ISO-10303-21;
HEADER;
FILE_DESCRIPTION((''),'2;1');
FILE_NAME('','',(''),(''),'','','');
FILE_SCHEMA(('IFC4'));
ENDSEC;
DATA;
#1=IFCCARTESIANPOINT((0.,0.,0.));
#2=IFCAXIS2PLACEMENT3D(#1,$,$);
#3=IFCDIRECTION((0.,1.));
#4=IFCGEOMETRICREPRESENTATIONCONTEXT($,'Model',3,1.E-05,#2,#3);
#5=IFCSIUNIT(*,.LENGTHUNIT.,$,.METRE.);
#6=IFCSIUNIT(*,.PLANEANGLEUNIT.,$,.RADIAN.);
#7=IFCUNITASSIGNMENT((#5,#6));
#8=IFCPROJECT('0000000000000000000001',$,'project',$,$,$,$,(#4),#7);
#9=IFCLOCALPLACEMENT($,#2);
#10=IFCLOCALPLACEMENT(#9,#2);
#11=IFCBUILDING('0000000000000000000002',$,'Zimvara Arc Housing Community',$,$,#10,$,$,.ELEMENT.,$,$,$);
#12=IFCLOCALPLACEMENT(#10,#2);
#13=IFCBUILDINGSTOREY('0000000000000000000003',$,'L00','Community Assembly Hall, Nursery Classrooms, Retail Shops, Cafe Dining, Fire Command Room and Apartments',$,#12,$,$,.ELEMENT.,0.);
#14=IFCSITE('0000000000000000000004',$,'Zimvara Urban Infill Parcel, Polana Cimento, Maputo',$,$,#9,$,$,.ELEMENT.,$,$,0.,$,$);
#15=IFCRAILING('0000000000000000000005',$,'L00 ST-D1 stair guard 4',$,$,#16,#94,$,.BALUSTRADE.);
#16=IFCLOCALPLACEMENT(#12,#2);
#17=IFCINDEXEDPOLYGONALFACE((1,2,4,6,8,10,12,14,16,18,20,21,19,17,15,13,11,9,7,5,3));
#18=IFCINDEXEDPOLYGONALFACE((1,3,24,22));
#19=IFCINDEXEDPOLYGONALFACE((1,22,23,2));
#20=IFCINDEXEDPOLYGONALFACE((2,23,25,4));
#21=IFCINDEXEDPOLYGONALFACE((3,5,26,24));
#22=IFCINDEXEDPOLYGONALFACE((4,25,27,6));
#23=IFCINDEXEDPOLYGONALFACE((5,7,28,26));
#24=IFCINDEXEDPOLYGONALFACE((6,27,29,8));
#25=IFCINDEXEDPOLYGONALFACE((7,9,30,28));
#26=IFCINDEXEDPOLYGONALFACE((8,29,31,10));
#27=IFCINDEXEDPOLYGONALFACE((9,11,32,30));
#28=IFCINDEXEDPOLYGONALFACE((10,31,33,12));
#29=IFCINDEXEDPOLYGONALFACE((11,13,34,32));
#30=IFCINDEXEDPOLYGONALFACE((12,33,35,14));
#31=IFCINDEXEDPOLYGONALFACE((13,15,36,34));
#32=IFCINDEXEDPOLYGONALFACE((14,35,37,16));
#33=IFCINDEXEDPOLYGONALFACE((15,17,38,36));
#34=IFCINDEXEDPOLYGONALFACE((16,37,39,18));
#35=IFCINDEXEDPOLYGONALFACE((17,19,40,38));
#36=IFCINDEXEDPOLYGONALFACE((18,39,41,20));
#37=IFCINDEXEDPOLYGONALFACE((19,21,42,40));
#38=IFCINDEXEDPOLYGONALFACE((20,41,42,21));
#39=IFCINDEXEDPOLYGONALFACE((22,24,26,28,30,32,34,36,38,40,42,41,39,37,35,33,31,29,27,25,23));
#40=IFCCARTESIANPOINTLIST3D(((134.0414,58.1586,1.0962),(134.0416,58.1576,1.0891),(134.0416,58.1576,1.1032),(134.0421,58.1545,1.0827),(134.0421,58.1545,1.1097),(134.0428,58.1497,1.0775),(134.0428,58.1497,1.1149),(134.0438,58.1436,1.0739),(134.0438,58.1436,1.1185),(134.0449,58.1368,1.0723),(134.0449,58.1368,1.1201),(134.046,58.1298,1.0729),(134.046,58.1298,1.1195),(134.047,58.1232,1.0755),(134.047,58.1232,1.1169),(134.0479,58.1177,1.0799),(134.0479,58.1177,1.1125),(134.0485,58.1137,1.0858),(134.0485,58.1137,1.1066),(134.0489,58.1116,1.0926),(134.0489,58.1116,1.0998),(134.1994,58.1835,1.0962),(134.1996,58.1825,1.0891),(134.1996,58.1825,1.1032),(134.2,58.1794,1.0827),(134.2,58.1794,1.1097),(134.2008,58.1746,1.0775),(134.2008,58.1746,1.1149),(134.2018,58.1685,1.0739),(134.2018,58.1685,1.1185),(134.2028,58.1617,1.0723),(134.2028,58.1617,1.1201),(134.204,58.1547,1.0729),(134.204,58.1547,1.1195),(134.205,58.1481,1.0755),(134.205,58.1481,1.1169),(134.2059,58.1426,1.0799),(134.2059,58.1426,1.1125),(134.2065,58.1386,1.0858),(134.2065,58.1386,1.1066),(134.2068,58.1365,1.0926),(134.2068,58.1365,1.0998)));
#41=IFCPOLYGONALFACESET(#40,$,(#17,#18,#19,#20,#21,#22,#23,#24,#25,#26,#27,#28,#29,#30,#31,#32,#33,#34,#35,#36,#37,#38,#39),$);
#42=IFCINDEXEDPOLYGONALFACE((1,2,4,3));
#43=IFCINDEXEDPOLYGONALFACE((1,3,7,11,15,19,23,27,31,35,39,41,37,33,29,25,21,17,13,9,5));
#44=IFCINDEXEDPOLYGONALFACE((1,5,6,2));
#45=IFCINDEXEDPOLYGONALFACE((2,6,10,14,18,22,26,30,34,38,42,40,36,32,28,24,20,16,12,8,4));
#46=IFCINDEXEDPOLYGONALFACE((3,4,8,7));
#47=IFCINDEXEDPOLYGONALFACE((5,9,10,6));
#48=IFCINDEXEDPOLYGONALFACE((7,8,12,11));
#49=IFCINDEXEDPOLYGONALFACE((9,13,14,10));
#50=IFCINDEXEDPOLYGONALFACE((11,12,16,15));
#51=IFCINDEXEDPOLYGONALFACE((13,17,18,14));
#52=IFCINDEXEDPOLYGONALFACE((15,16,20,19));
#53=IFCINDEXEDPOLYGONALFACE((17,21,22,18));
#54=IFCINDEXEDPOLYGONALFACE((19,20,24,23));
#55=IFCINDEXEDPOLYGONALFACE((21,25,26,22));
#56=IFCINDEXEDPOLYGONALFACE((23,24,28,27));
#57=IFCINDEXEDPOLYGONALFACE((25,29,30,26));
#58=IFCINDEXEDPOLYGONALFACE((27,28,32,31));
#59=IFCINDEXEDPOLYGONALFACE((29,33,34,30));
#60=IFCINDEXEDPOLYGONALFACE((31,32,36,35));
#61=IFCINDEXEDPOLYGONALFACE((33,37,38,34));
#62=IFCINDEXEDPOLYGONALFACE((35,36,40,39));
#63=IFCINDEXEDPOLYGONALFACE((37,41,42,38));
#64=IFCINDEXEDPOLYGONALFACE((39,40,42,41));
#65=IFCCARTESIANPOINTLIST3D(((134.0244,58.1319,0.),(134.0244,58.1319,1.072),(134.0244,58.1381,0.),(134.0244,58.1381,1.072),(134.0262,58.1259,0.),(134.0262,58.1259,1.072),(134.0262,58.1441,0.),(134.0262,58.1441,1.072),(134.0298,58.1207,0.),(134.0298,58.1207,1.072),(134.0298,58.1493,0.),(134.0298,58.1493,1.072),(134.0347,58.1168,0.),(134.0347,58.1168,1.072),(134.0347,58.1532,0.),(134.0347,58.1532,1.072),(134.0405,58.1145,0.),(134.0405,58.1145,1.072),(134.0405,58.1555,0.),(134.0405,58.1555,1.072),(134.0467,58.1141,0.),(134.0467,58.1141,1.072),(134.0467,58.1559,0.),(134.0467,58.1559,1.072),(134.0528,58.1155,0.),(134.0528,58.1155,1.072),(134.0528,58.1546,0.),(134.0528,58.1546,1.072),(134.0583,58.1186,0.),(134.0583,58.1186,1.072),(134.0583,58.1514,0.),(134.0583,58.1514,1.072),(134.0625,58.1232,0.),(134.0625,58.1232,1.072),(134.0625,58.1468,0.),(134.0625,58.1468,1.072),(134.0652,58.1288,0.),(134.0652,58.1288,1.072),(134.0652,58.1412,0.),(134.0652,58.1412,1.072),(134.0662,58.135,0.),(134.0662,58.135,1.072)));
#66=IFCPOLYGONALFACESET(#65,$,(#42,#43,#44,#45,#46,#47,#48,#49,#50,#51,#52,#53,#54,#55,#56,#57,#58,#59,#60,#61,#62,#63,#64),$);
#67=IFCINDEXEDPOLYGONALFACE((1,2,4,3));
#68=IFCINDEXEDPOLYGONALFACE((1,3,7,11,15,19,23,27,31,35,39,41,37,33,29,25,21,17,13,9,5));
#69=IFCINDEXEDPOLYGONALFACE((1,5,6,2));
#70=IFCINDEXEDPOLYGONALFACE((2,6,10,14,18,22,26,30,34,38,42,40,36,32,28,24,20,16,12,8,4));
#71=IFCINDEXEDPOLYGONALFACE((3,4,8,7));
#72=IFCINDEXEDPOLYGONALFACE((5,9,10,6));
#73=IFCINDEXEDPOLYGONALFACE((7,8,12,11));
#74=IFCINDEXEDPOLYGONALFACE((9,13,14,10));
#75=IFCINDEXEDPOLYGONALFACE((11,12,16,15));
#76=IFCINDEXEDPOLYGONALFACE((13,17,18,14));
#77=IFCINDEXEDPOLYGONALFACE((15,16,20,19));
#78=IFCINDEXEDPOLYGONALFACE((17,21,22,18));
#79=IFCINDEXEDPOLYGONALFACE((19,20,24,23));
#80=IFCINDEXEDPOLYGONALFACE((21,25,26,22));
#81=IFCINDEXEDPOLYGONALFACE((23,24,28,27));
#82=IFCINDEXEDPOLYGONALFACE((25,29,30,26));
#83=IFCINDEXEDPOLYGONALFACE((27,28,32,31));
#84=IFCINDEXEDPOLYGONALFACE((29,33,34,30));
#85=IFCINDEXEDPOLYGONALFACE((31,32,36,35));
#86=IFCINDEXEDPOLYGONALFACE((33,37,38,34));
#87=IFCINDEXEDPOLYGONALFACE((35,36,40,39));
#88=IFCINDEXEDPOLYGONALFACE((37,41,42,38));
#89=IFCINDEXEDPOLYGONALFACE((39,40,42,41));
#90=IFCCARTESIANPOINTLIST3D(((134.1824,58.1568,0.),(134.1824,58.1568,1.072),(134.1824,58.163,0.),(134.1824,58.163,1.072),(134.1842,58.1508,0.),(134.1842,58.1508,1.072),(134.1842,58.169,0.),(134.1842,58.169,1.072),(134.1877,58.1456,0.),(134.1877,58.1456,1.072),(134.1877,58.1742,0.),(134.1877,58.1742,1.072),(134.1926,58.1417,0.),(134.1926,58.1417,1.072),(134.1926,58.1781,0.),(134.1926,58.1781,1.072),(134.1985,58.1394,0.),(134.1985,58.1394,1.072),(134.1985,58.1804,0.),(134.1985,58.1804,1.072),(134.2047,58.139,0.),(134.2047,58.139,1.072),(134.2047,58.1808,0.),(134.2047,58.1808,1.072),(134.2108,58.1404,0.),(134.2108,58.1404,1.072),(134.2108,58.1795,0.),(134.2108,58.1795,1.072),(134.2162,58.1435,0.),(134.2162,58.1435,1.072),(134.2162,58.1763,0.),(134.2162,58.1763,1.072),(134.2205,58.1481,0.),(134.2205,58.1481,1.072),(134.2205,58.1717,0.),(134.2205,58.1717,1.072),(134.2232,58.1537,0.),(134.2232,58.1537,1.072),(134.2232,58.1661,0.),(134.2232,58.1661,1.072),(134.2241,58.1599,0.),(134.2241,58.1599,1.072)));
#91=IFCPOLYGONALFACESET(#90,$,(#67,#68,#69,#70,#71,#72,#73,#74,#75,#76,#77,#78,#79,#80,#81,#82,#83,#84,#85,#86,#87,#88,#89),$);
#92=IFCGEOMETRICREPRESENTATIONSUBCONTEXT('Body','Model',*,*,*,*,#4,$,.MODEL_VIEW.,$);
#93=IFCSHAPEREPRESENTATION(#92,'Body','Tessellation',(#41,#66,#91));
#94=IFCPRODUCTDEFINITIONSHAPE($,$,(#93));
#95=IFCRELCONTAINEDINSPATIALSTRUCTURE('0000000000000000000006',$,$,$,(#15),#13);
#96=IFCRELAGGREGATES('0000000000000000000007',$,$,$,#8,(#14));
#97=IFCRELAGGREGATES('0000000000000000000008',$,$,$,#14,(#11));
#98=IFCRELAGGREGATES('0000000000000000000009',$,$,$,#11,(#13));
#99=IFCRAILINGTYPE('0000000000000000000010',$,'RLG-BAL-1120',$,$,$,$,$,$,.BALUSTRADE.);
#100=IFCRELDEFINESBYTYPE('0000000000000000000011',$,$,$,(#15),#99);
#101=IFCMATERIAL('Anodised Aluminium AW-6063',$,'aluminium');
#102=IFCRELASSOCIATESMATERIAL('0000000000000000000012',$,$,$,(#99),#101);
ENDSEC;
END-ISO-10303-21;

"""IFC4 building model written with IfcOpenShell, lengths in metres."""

from ifc_helpers import new_model, si_unit, direction, frame, origin, origin_2d, place, context, subcontext, project, spatial, circle, extrude, material, type_object, element, save


model = new_model("IFC4")

# Units and contexts
model_context = context("Model", 3, precision=1e-05, world=origin(), true_north=direction((0.0, 1.0)))
body_context = subcontext(model_context, "Body", "Model", "MODEL_VIEW")
ifc_project = project(units=[si_unit("LENGTHUNIT", "METRE"), si_unit("PLANEANGLEUNIT", "RADIAN")], contexts=[model_context])

# Site, building, storey
site_placement = place(None, origin())
site = spatial("IfcSite", under=ifc_project, at=site_placement, Name="Zimvara Urban Infill Parcel, Polana Cimento, Maputo", CompositionType="ELEMENT", RefElevation=0.0)
building_placement = place(site_placement, origin())
building = spatial("IfcBuilding", under=site, at=building_placement, Name="Zimvara Arc Housing Community", CompositionType="ELEMENT")
storey_placement = place(building_placement, origin())
storey = spatial("IfcBuildingStorey", under=building, at=storey_placement, Name="L00", Description="Community Assembly Hall, Nursery Classrooms, Retail Shops, Cafe Dining, Fire Command Room and Apartments", CompositionType="ELEMENT", Elevation=0.0)

# Railing
ifc_material_1 = material(Name="Anodised Aluminium AW-6063", Category="aluminium")
railing_type_1 = type_object("IfcRailingType", Name="RLG-BAL-1120", PredefinedType="BALUSTRADE", material=ifc_material_1)
railing_1_placement = place(storey_placement, frame((134.0452, 58.135, 0.0)))
element("IfcRailing", 1, at=railing_1_placement, inside=storey, type_object=railing_type_1, Name="L00 ST-D1 stair guard 4", PredefinedType="BALUSTRADE", context=body_context, shape_type="SweptSolid", body=[
    extrude(circle(Radius=0.0239, at=origin_2d()), frame((0.0, 0.0, 1.0962), z_axis=(0.9878, 0.155727, 0.0), x_axis=(-0.155727, 0.9878, 0.0)), (0.0, 0.0, 1.0), 0.1599),
    extrude(circle(Radius=0.021, at=origin_2d()), origin(), (0.0, 0.0, 1.0), 1.072),
    extrude(circle(Radius=0.021, at=origin_2d()), frame((0.158, 0.0249, 0.0)), (0.0, 0.0, 1.0), 1.072),
])

save(model, "model.ifc")
